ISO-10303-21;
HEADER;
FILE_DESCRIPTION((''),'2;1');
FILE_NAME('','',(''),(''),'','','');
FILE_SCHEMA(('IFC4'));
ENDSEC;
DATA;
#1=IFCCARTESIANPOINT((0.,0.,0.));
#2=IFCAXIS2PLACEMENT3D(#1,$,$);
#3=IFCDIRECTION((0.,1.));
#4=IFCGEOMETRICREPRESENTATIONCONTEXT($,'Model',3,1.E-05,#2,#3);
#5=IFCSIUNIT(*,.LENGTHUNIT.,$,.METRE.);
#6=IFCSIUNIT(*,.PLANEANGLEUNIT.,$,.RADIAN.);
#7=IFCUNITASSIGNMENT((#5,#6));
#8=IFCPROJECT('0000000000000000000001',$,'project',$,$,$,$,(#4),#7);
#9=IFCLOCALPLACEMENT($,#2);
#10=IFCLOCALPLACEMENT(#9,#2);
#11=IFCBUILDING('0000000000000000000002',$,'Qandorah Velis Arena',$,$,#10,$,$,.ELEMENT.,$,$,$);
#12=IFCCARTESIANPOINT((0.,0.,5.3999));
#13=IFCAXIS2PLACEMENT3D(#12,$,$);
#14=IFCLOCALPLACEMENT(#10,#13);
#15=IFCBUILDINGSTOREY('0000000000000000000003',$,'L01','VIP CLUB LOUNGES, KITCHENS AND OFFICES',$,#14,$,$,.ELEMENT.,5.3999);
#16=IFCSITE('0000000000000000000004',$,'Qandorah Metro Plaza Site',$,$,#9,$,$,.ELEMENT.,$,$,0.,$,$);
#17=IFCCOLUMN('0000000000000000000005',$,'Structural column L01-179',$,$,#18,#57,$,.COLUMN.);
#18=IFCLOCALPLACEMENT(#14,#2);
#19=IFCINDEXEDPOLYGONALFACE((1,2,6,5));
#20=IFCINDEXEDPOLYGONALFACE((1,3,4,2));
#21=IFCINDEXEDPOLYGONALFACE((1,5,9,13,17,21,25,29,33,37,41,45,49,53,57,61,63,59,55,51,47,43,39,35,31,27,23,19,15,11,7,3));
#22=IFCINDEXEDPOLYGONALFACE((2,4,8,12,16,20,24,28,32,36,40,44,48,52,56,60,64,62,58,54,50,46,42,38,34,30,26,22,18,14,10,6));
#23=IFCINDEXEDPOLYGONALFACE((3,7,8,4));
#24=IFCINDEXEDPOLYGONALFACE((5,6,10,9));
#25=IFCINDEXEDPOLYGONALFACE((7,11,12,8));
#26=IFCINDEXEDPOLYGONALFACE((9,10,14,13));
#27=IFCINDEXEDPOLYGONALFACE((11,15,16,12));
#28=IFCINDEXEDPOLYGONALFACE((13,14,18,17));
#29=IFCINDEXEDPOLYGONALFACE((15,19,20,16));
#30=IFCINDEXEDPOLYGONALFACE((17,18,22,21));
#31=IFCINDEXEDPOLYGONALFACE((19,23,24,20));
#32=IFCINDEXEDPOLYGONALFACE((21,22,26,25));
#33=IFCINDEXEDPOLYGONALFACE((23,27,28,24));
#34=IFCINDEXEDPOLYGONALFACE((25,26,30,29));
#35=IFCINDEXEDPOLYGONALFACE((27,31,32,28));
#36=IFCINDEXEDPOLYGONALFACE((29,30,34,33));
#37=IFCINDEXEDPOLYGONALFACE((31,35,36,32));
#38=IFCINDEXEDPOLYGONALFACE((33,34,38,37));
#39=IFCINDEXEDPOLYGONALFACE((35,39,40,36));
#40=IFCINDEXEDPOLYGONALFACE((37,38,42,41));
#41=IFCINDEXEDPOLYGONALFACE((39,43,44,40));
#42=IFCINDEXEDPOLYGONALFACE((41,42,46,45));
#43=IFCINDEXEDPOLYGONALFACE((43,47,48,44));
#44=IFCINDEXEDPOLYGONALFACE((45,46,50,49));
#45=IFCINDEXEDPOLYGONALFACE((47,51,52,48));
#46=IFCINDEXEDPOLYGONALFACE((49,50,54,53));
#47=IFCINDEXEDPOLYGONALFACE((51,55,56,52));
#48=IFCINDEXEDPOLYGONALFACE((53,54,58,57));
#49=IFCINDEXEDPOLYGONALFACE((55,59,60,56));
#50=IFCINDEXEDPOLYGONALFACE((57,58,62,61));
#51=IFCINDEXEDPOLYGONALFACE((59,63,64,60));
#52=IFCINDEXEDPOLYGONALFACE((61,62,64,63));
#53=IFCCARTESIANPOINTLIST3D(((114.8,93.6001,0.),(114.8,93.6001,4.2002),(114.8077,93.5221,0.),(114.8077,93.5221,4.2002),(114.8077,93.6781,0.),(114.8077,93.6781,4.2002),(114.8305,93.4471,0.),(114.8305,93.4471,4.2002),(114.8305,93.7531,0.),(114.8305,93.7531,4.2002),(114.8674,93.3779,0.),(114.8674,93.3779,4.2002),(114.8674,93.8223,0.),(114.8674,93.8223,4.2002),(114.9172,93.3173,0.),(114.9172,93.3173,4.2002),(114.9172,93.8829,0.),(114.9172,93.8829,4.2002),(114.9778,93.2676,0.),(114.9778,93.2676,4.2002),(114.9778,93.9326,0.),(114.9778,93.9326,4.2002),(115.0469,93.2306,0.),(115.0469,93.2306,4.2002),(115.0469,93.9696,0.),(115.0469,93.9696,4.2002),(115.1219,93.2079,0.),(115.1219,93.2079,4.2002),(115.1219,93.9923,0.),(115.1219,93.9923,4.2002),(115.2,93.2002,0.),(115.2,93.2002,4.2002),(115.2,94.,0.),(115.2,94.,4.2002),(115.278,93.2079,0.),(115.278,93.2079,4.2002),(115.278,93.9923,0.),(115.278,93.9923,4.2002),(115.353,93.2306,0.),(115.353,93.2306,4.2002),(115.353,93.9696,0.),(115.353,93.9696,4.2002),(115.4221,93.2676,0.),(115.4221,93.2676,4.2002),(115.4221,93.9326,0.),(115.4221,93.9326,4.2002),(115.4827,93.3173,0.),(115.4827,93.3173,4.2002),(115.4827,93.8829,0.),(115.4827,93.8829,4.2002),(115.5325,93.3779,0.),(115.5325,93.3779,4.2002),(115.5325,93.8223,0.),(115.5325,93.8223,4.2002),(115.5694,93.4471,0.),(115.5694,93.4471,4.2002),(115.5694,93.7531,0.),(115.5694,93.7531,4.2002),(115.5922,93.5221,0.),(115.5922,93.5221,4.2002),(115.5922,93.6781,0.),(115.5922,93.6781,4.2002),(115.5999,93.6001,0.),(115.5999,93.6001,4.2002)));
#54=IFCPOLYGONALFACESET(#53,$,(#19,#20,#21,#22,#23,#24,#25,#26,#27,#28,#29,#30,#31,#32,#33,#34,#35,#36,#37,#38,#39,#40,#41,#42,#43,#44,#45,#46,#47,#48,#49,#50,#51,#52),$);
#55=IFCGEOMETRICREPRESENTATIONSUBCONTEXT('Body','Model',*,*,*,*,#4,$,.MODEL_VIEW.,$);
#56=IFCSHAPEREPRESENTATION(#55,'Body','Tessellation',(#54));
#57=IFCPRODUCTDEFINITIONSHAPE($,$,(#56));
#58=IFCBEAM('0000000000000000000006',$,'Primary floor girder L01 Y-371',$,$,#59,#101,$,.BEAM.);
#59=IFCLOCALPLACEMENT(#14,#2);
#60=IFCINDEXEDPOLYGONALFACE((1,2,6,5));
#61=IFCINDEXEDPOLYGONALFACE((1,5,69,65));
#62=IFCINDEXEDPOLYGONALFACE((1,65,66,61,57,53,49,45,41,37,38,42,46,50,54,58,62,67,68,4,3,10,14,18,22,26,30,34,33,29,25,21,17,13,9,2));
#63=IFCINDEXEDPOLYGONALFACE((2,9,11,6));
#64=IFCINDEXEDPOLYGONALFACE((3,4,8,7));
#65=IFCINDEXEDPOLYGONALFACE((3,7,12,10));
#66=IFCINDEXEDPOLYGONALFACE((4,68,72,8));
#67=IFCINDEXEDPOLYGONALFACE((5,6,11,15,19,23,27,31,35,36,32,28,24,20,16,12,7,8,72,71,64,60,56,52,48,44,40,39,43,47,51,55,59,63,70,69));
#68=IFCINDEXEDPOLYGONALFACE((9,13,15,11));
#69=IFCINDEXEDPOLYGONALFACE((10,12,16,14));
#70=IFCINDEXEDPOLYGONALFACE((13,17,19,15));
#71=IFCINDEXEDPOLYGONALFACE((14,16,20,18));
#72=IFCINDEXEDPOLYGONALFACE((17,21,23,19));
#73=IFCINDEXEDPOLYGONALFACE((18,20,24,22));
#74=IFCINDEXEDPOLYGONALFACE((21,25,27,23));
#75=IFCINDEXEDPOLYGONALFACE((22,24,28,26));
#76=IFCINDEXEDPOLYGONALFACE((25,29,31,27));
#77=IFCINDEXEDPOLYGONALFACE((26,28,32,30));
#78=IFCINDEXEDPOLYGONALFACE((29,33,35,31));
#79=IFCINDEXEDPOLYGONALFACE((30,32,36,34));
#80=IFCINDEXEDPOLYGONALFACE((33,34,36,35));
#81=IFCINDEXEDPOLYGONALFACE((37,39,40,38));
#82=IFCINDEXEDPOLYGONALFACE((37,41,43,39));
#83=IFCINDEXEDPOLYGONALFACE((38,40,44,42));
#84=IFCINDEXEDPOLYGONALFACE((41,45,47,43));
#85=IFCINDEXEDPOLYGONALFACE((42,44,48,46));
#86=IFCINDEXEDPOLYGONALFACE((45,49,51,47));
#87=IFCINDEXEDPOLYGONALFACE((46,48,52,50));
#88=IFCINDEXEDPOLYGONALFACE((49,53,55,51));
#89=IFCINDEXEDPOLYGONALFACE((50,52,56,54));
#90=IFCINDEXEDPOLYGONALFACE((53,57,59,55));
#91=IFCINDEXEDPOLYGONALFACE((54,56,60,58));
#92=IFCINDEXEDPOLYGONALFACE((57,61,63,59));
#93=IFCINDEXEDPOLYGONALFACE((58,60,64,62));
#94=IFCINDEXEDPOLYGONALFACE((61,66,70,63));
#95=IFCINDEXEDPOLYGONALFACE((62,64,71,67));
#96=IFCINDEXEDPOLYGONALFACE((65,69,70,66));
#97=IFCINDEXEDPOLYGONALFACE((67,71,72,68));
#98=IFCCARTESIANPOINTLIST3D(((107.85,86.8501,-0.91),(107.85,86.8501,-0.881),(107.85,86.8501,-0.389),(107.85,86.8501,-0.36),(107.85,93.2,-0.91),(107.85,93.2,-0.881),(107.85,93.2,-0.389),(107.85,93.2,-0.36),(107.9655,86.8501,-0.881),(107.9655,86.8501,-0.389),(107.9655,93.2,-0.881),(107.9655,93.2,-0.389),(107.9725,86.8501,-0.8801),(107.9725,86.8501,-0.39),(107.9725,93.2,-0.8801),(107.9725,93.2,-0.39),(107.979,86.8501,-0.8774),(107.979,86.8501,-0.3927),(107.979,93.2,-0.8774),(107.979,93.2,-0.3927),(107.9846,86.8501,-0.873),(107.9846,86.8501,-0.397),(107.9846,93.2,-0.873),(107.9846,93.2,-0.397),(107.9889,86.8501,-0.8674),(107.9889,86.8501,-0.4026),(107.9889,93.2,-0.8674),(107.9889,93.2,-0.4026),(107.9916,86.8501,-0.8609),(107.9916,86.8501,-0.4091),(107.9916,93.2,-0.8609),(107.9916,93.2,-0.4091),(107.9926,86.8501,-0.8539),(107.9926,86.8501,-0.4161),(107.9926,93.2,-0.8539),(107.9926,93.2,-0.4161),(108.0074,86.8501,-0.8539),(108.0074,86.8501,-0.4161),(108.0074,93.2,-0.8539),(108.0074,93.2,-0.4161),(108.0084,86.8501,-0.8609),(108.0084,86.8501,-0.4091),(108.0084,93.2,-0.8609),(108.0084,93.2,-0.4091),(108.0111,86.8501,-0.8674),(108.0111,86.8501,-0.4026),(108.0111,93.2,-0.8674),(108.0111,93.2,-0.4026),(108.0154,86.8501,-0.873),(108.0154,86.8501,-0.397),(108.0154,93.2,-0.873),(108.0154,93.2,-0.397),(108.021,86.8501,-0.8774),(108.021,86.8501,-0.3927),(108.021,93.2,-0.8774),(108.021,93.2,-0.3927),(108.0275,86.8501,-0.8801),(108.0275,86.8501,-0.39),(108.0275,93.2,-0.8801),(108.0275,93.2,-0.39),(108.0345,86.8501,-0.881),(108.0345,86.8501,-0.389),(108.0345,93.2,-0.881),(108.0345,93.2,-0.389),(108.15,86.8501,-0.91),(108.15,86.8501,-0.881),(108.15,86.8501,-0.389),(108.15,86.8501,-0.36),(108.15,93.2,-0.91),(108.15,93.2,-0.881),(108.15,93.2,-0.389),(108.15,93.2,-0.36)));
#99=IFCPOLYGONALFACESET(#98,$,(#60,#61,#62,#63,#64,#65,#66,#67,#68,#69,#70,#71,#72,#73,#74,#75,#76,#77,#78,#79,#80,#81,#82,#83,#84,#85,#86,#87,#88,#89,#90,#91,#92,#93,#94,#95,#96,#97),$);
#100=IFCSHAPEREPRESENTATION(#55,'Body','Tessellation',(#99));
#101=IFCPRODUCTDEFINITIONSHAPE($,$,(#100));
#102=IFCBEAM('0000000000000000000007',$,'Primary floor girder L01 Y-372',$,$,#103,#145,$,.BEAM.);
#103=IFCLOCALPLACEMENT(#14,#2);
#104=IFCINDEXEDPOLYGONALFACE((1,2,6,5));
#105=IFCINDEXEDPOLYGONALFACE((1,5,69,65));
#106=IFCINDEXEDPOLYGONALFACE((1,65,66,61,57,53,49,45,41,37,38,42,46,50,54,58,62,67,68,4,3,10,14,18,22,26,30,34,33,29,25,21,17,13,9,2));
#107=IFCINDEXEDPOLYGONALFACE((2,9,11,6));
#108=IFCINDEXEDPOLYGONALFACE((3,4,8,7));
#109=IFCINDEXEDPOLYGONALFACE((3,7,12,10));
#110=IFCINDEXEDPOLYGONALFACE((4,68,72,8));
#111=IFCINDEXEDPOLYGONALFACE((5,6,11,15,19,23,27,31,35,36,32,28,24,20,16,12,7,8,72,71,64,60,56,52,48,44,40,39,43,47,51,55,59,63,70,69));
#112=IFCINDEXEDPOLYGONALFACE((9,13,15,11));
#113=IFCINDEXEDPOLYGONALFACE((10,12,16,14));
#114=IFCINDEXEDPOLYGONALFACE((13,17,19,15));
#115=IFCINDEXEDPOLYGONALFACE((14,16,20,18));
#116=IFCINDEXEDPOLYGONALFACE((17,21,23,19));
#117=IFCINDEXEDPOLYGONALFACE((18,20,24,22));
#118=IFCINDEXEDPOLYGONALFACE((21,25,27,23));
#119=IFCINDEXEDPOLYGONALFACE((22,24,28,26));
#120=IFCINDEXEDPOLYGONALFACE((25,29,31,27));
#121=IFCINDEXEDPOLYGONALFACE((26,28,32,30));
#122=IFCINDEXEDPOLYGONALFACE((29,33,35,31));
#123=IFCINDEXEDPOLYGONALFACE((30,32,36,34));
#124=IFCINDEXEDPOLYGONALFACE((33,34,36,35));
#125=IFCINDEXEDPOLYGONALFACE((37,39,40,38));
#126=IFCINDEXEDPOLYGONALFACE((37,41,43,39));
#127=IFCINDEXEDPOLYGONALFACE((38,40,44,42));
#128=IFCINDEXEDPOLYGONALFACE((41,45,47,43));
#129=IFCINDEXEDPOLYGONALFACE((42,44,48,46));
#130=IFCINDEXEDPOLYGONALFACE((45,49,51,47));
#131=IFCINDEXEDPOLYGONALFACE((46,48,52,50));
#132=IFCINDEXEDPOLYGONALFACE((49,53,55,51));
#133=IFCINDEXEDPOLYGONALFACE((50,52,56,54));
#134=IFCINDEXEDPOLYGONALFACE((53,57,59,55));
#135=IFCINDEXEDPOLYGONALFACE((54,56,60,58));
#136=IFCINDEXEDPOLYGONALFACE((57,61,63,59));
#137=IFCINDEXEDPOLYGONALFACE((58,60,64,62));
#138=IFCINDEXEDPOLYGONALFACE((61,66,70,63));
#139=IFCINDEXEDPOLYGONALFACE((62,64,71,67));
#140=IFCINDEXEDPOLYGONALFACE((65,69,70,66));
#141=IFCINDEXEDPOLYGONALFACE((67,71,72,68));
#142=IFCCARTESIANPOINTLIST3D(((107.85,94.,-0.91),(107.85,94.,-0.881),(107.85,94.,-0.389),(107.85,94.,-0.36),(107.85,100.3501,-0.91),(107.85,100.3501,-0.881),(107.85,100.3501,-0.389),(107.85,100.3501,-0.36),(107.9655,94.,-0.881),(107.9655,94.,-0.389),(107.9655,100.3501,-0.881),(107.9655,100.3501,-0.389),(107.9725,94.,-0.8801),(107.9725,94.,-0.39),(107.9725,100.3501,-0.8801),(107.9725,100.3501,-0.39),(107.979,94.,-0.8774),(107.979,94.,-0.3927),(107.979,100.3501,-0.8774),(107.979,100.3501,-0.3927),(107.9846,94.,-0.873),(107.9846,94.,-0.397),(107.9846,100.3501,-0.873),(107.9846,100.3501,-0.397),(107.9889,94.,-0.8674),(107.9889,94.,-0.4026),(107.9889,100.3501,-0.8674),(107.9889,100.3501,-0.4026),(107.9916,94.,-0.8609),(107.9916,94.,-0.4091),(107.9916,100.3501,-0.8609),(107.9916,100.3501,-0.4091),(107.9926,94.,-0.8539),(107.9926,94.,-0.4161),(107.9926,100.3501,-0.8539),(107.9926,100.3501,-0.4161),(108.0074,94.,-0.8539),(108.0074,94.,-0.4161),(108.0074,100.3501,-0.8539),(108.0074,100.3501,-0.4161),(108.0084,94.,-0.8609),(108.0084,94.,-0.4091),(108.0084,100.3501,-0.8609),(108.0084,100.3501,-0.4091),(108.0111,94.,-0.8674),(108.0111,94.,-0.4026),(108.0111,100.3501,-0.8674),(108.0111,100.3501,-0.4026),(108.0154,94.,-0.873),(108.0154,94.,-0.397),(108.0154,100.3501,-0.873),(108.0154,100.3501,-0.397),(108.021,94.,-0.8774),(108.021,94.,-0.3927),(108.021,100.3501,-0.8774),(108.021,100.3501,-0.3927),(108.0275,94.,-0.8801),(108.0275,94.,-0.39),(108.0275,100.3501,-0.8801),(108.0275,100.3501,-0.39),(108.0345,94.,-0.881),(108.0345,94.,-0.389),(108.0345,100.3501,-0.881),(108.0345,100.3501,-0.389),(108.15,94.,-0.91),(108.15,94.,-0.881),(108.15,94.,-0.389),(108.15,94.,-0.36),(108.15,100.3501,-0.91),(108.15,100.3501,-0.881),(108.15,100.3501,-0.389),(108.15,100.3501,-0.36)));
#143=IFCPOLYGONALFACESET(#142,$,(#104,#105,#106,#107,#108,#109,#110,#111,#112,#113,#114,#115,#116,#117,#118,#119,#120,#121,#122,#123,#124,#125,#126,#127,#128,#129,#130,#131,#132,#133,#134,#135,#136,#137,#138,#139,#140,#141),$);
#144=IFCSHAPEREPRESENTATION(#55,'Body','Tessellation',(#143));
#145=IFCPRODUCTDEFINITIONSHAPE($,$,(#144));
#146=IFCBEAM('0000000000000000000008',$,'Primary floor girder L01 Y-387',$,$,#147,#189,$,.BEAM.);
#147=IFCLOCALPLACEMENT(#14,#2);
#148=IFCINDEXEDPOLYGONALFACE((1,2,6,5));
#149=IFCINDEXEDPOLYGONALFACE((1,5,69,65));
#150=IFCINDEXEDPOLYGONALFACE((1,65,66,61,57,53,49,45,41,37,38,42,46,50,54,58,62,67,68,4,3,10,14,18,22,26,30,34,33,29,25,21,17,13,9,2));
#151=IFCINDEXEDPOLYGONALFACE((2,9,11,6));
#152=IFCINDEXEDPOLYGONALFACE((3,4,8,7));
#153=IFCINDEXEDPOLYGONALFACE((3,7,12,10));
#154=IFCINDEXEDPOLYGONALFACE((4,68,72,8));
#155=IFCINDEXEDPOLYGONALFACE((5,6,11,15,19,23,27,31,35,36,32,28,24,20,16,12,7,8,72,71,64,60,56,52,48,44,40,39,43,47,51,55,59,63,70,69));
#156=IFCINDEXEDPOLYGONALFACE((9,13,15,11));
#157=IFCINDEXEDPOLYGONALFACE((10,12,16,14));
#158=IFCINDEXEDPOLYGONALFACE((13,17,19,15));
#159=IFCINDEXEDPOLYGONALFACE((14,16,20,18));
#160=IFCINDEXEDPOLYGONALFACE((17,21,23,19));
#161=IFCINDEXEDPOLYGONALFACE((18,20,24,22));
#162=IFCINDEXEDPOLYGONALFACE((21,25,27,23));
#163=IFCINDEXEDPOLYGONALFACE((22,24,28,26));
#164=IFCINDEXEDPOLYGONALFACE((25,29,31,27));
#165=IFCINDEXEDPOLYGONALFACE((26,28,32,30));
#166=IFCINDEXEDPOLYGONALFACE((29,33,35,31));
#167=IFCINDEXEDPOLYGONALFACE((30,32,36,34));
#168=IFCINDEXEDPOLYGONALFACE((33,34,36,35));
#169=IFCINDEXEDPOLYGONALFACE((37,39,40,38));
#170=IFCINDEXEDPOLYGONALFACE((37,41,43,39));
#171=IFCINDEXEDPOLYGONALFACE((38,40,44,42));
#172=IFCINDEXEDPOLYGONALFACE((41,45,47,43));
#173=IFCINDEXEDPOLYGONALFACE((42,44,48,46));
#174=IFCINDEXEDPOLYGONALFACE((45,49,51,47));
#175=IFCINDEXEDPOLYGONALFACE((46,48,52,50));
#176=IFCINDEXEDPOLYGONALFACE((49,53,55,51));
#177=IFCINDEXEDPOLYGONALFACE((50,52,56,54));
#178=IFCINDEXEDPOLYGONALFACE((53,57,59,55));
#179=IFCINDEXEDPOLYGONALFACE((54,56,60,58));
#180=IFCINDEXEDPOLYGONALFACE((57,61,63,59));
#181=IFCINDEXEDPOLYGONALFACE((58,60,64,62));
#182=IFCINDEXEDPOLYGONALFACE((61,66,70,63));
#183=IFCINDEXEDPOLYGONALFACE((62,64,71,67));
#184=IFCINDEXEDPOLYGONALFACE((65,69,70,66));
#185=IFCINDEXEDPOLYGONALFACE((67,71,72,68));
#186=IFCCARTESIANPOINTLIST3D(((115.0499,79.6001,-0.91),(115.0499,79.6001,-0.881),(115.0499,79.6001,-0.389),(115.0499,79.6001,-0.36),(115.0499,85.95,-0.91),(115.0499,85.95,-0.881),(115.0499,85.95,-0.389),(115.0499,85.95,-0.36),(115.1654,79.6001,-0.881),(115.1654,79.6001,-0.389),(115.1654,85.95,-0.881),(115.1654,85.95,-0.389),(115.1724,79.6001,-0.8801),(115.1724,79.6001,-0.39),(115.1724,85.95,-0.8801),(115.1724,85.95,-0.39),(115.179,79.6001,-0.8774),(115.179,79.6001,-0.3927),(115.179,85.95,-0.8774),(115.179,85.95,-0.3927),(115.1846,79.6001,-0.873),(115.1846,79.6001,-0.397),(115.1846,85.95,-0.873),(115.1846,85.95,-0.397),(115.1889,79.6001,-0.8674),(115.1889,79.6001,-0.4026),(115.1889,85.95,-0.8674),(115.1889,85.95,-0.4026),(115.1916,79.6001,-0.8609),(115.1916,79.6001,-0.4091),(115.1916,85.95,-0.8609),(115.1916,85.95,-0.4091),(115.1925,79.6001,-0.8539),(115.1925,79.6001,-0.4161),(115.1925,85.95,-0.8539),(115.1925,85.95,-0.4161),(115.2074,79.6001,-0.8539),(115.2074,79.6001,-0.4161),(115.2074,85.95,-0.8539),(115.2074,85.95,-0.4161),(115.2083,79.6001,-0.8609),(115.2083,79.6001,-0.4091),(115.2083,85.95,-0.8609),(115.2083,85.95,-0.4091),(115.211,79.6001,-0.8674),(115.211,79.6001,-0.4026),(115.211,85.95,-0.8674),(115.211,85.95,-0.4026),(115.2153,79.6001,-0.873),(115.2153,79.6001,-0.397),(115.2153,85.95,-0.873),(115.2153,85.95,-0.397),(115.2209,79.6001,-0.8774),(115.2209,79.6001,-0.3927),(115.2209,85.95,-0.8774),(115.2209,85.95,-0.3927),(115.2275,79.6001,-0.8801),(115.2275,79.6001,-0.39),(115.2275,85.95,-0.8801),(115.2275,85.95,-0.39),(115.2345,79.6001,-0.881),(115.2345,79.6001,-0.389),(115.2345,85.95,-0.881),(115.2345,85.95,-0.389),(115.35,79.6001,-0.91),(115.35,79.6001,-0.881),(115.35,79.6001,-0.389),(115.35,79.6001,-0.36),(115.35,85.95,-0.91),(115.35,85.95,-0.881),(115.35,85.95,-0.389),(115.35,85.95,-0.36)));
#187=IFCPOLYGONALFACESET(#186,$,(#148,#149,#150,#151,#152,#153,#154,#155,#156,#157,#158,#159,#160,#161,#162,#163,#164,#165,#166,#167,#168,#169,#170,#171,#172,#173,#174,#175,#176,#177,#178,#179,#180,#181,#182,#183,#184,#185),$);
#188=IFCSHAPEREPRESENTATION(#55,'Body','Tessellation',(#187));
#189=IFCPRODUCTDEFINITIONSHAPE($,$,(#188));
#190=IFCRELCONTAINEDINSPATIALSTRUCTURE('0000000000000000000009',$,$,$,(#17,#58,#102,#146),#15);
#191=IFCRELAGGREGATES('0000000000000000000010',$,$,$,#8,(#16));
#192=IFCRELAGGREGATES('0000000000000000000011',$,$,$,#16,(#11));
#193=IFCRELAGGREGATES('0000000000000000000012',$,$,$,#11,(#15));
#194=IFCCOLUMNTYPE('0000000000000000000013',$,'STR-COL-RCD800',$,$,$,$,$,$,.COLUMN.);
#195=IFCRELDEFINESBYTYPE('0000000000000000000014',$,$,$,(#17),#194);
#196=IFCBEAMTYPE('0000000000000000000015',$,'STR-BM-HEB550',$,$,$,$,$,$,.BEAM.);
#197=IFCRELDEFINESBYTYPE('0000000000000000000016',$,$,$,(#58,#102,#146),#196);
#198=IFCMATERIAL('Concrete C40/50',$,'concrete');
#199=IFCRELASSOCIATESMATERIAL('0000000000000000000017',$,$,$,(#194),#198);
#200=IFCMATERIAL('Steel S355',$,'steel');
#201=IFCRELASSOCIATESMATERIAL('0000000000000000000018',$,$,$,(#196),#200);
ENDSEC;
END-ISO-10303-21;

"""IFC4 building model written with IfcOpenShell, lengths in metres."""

from ifc_helpers import new_model, si_unit, direction, frame, origin, origin_2d, place, context, subcontext, project, spatial, circle, i_section, extrude, material, material_profile, profile_set, type_object, element, save


model = new_model("IFC4")

# Units and contexts
model_context = context("Model", 3, precision=1e-05, world=origin(), true_north=direction((0.0, 1.0)))
body_context = subcontext(model_context, "Body", "Model", "MODEL_VIEW")
ifc_project = project(units=[si_unit("LENGTHUNIT", "METRE"), si_unit("PLANEANGLEUNIT", "RADIAN")], contexts=[model_context])

# Site, building, storey
site_placement = place(None, origin())
site = spatial("IfcSite", under=ifc_project, at=site_placement, Name="Qandorah Metro Plaza Site", CompositionType="ELEMENT", RefElevation=0.0)
building_placement = place(site_placement, origin())
building = spatial("IfcBuilding", under=site, at=building_placement, Name="Qandorah Velis Arena", CompositionType="ELEMENT")
storey_placement = place(building_placement, frame((0.0, 0.0, 5.3999)))
storey = spatial("IfcBuildingStorey", under=building, at=storey_placement, Name="L01", Description="VIP CLUB LOUNGES, KITCHENS AND OFFICES", CompositionType="ELEMENT", Elevation=5.3999)

# Column
ifc_material_1 = material(Name="Concrete C40/50", Category="concrete")
ifc_material_profile_1 = material_profile(ifc_material_1, circle(Radius=0.3999, at=origin_2d()), Name="RC D800")
ifc_profile_set_1 = profile_set([ifc_material_profile_1], Name="Concrete C40/50")
column_type_1 = type_object("IfcColumnType", Name="STR-COL-RCD800", PredefinedType="COLUMN", material=ifc_profile_set_1)
for number, where, z_axis, x_axis, name in (
    (1, (115.2, 93.6001, 0.0), (0.0, 0.0, 1.0), (1.0, 0.0, 0.0), "Structural column L01-179"),
):
    element("IfcColumn", number, at=place(storey_placement, frame(where, z_axis=z_axis, x_axis=x_axis)), inside=storey, type_object=column_type_1, Name=name, PredefinedType="COLUMN", context=body_context, shape_type="SweptSolid", body=[
        extrude(circle(Radius=0.3999, at=origin_2d()), origin(), (0.0, 0.0, 1.0), 4.2002),
    ])

# Beams
ifc_material_2 = material(Name="Steel S355", Category="steel")
ifc_material_profile_2 = material_profile(ifc_material_2, i_section(OverallWidth=0.3, OverallDepth=0.55, WebThickness=0.0149, FlangeThickness=0.0291, FilletRadius=0.0271, at=origin_2d()), Name="HEB 550")
ifc_profile_set_2 = profile_set([ifc_material_profile_2], Name="Steel S355")
beam_type_1 = type_object("IfcBeamType", Name="STR-BM-HEB550", PredefinedType="BEAM", material=ifc_profile_set_2)
beam_1_placement = place(storey_placement, frame((108.0, 86.8501, -0.635), z_axis=(0.0, 1.0, 0.0), x_axis=(-1.0, 0.0, 0.0)))
element("IfcBeam", 2, at=beam_1_placement, inside=storey, type_object=beam_type_1, Name="Primary floor girder L01 Y-371", PredefinedType="BEAM", context=body_context, shape_type="SweptSolid", body=[
    extrude(i_section(OverallWidth=0.3, OverallDepth=0.55, WebThickness=0.0149, FlangeThickness=0.0291, FilletRadius=0.0271, at=origin_2d()), origin(), (0.0, 0.0, 1.0), 6.3499),
])
beam_2_placement = place(storey_placement, frame((108.0, 94.0, -0.635), z_axis=(0.0, 1.0, 0.0), x_axis=(-1.0, 0.0, 0.0)))
element("IfcBeam", 3, at=beam_2_placement, inside=storey, type_object=beam_type_1, Name="Primary floor girder L01 Y-372", PredefinedType="BEAM", context=body_context, shape_type="SweptSolid", body=[
    extrude(i_section(OverallWidth=0.3, OverallDepth=0.55, WebThickness=0.0149, FlangeThickness=0.0291, FilletRadius=0.0271, at=origin_2d()), origin(), (0.0, 0.0, 1.0), 6.3501),
])
beam_3_placement = place(storey_placement, frame((115.2, 79.6001, -0.635), z_axis=(0.0, 1.0, 0.0), x_axis=(-1.0, 0.0, 0.0)))
element("IfcBeam", 4, at=beam_3_placement, inside=storey, type_object=beam_type_1, Name="Primary floor girder L01 Y-387", PredefinedType="BEAM", context=body_context, shape_type="SweptSolid", body=[
    extrude(i_section(OverallWidth=0.3, OverallDepth=0.55, WebThickness=0.0149, FlangeThickness=0.0291, FilletRadius=0.0271, at=origin_2d()), origin(), (0.0, 0.0, 1.0), 6.3499),
])

save(model, "model.ifc")
